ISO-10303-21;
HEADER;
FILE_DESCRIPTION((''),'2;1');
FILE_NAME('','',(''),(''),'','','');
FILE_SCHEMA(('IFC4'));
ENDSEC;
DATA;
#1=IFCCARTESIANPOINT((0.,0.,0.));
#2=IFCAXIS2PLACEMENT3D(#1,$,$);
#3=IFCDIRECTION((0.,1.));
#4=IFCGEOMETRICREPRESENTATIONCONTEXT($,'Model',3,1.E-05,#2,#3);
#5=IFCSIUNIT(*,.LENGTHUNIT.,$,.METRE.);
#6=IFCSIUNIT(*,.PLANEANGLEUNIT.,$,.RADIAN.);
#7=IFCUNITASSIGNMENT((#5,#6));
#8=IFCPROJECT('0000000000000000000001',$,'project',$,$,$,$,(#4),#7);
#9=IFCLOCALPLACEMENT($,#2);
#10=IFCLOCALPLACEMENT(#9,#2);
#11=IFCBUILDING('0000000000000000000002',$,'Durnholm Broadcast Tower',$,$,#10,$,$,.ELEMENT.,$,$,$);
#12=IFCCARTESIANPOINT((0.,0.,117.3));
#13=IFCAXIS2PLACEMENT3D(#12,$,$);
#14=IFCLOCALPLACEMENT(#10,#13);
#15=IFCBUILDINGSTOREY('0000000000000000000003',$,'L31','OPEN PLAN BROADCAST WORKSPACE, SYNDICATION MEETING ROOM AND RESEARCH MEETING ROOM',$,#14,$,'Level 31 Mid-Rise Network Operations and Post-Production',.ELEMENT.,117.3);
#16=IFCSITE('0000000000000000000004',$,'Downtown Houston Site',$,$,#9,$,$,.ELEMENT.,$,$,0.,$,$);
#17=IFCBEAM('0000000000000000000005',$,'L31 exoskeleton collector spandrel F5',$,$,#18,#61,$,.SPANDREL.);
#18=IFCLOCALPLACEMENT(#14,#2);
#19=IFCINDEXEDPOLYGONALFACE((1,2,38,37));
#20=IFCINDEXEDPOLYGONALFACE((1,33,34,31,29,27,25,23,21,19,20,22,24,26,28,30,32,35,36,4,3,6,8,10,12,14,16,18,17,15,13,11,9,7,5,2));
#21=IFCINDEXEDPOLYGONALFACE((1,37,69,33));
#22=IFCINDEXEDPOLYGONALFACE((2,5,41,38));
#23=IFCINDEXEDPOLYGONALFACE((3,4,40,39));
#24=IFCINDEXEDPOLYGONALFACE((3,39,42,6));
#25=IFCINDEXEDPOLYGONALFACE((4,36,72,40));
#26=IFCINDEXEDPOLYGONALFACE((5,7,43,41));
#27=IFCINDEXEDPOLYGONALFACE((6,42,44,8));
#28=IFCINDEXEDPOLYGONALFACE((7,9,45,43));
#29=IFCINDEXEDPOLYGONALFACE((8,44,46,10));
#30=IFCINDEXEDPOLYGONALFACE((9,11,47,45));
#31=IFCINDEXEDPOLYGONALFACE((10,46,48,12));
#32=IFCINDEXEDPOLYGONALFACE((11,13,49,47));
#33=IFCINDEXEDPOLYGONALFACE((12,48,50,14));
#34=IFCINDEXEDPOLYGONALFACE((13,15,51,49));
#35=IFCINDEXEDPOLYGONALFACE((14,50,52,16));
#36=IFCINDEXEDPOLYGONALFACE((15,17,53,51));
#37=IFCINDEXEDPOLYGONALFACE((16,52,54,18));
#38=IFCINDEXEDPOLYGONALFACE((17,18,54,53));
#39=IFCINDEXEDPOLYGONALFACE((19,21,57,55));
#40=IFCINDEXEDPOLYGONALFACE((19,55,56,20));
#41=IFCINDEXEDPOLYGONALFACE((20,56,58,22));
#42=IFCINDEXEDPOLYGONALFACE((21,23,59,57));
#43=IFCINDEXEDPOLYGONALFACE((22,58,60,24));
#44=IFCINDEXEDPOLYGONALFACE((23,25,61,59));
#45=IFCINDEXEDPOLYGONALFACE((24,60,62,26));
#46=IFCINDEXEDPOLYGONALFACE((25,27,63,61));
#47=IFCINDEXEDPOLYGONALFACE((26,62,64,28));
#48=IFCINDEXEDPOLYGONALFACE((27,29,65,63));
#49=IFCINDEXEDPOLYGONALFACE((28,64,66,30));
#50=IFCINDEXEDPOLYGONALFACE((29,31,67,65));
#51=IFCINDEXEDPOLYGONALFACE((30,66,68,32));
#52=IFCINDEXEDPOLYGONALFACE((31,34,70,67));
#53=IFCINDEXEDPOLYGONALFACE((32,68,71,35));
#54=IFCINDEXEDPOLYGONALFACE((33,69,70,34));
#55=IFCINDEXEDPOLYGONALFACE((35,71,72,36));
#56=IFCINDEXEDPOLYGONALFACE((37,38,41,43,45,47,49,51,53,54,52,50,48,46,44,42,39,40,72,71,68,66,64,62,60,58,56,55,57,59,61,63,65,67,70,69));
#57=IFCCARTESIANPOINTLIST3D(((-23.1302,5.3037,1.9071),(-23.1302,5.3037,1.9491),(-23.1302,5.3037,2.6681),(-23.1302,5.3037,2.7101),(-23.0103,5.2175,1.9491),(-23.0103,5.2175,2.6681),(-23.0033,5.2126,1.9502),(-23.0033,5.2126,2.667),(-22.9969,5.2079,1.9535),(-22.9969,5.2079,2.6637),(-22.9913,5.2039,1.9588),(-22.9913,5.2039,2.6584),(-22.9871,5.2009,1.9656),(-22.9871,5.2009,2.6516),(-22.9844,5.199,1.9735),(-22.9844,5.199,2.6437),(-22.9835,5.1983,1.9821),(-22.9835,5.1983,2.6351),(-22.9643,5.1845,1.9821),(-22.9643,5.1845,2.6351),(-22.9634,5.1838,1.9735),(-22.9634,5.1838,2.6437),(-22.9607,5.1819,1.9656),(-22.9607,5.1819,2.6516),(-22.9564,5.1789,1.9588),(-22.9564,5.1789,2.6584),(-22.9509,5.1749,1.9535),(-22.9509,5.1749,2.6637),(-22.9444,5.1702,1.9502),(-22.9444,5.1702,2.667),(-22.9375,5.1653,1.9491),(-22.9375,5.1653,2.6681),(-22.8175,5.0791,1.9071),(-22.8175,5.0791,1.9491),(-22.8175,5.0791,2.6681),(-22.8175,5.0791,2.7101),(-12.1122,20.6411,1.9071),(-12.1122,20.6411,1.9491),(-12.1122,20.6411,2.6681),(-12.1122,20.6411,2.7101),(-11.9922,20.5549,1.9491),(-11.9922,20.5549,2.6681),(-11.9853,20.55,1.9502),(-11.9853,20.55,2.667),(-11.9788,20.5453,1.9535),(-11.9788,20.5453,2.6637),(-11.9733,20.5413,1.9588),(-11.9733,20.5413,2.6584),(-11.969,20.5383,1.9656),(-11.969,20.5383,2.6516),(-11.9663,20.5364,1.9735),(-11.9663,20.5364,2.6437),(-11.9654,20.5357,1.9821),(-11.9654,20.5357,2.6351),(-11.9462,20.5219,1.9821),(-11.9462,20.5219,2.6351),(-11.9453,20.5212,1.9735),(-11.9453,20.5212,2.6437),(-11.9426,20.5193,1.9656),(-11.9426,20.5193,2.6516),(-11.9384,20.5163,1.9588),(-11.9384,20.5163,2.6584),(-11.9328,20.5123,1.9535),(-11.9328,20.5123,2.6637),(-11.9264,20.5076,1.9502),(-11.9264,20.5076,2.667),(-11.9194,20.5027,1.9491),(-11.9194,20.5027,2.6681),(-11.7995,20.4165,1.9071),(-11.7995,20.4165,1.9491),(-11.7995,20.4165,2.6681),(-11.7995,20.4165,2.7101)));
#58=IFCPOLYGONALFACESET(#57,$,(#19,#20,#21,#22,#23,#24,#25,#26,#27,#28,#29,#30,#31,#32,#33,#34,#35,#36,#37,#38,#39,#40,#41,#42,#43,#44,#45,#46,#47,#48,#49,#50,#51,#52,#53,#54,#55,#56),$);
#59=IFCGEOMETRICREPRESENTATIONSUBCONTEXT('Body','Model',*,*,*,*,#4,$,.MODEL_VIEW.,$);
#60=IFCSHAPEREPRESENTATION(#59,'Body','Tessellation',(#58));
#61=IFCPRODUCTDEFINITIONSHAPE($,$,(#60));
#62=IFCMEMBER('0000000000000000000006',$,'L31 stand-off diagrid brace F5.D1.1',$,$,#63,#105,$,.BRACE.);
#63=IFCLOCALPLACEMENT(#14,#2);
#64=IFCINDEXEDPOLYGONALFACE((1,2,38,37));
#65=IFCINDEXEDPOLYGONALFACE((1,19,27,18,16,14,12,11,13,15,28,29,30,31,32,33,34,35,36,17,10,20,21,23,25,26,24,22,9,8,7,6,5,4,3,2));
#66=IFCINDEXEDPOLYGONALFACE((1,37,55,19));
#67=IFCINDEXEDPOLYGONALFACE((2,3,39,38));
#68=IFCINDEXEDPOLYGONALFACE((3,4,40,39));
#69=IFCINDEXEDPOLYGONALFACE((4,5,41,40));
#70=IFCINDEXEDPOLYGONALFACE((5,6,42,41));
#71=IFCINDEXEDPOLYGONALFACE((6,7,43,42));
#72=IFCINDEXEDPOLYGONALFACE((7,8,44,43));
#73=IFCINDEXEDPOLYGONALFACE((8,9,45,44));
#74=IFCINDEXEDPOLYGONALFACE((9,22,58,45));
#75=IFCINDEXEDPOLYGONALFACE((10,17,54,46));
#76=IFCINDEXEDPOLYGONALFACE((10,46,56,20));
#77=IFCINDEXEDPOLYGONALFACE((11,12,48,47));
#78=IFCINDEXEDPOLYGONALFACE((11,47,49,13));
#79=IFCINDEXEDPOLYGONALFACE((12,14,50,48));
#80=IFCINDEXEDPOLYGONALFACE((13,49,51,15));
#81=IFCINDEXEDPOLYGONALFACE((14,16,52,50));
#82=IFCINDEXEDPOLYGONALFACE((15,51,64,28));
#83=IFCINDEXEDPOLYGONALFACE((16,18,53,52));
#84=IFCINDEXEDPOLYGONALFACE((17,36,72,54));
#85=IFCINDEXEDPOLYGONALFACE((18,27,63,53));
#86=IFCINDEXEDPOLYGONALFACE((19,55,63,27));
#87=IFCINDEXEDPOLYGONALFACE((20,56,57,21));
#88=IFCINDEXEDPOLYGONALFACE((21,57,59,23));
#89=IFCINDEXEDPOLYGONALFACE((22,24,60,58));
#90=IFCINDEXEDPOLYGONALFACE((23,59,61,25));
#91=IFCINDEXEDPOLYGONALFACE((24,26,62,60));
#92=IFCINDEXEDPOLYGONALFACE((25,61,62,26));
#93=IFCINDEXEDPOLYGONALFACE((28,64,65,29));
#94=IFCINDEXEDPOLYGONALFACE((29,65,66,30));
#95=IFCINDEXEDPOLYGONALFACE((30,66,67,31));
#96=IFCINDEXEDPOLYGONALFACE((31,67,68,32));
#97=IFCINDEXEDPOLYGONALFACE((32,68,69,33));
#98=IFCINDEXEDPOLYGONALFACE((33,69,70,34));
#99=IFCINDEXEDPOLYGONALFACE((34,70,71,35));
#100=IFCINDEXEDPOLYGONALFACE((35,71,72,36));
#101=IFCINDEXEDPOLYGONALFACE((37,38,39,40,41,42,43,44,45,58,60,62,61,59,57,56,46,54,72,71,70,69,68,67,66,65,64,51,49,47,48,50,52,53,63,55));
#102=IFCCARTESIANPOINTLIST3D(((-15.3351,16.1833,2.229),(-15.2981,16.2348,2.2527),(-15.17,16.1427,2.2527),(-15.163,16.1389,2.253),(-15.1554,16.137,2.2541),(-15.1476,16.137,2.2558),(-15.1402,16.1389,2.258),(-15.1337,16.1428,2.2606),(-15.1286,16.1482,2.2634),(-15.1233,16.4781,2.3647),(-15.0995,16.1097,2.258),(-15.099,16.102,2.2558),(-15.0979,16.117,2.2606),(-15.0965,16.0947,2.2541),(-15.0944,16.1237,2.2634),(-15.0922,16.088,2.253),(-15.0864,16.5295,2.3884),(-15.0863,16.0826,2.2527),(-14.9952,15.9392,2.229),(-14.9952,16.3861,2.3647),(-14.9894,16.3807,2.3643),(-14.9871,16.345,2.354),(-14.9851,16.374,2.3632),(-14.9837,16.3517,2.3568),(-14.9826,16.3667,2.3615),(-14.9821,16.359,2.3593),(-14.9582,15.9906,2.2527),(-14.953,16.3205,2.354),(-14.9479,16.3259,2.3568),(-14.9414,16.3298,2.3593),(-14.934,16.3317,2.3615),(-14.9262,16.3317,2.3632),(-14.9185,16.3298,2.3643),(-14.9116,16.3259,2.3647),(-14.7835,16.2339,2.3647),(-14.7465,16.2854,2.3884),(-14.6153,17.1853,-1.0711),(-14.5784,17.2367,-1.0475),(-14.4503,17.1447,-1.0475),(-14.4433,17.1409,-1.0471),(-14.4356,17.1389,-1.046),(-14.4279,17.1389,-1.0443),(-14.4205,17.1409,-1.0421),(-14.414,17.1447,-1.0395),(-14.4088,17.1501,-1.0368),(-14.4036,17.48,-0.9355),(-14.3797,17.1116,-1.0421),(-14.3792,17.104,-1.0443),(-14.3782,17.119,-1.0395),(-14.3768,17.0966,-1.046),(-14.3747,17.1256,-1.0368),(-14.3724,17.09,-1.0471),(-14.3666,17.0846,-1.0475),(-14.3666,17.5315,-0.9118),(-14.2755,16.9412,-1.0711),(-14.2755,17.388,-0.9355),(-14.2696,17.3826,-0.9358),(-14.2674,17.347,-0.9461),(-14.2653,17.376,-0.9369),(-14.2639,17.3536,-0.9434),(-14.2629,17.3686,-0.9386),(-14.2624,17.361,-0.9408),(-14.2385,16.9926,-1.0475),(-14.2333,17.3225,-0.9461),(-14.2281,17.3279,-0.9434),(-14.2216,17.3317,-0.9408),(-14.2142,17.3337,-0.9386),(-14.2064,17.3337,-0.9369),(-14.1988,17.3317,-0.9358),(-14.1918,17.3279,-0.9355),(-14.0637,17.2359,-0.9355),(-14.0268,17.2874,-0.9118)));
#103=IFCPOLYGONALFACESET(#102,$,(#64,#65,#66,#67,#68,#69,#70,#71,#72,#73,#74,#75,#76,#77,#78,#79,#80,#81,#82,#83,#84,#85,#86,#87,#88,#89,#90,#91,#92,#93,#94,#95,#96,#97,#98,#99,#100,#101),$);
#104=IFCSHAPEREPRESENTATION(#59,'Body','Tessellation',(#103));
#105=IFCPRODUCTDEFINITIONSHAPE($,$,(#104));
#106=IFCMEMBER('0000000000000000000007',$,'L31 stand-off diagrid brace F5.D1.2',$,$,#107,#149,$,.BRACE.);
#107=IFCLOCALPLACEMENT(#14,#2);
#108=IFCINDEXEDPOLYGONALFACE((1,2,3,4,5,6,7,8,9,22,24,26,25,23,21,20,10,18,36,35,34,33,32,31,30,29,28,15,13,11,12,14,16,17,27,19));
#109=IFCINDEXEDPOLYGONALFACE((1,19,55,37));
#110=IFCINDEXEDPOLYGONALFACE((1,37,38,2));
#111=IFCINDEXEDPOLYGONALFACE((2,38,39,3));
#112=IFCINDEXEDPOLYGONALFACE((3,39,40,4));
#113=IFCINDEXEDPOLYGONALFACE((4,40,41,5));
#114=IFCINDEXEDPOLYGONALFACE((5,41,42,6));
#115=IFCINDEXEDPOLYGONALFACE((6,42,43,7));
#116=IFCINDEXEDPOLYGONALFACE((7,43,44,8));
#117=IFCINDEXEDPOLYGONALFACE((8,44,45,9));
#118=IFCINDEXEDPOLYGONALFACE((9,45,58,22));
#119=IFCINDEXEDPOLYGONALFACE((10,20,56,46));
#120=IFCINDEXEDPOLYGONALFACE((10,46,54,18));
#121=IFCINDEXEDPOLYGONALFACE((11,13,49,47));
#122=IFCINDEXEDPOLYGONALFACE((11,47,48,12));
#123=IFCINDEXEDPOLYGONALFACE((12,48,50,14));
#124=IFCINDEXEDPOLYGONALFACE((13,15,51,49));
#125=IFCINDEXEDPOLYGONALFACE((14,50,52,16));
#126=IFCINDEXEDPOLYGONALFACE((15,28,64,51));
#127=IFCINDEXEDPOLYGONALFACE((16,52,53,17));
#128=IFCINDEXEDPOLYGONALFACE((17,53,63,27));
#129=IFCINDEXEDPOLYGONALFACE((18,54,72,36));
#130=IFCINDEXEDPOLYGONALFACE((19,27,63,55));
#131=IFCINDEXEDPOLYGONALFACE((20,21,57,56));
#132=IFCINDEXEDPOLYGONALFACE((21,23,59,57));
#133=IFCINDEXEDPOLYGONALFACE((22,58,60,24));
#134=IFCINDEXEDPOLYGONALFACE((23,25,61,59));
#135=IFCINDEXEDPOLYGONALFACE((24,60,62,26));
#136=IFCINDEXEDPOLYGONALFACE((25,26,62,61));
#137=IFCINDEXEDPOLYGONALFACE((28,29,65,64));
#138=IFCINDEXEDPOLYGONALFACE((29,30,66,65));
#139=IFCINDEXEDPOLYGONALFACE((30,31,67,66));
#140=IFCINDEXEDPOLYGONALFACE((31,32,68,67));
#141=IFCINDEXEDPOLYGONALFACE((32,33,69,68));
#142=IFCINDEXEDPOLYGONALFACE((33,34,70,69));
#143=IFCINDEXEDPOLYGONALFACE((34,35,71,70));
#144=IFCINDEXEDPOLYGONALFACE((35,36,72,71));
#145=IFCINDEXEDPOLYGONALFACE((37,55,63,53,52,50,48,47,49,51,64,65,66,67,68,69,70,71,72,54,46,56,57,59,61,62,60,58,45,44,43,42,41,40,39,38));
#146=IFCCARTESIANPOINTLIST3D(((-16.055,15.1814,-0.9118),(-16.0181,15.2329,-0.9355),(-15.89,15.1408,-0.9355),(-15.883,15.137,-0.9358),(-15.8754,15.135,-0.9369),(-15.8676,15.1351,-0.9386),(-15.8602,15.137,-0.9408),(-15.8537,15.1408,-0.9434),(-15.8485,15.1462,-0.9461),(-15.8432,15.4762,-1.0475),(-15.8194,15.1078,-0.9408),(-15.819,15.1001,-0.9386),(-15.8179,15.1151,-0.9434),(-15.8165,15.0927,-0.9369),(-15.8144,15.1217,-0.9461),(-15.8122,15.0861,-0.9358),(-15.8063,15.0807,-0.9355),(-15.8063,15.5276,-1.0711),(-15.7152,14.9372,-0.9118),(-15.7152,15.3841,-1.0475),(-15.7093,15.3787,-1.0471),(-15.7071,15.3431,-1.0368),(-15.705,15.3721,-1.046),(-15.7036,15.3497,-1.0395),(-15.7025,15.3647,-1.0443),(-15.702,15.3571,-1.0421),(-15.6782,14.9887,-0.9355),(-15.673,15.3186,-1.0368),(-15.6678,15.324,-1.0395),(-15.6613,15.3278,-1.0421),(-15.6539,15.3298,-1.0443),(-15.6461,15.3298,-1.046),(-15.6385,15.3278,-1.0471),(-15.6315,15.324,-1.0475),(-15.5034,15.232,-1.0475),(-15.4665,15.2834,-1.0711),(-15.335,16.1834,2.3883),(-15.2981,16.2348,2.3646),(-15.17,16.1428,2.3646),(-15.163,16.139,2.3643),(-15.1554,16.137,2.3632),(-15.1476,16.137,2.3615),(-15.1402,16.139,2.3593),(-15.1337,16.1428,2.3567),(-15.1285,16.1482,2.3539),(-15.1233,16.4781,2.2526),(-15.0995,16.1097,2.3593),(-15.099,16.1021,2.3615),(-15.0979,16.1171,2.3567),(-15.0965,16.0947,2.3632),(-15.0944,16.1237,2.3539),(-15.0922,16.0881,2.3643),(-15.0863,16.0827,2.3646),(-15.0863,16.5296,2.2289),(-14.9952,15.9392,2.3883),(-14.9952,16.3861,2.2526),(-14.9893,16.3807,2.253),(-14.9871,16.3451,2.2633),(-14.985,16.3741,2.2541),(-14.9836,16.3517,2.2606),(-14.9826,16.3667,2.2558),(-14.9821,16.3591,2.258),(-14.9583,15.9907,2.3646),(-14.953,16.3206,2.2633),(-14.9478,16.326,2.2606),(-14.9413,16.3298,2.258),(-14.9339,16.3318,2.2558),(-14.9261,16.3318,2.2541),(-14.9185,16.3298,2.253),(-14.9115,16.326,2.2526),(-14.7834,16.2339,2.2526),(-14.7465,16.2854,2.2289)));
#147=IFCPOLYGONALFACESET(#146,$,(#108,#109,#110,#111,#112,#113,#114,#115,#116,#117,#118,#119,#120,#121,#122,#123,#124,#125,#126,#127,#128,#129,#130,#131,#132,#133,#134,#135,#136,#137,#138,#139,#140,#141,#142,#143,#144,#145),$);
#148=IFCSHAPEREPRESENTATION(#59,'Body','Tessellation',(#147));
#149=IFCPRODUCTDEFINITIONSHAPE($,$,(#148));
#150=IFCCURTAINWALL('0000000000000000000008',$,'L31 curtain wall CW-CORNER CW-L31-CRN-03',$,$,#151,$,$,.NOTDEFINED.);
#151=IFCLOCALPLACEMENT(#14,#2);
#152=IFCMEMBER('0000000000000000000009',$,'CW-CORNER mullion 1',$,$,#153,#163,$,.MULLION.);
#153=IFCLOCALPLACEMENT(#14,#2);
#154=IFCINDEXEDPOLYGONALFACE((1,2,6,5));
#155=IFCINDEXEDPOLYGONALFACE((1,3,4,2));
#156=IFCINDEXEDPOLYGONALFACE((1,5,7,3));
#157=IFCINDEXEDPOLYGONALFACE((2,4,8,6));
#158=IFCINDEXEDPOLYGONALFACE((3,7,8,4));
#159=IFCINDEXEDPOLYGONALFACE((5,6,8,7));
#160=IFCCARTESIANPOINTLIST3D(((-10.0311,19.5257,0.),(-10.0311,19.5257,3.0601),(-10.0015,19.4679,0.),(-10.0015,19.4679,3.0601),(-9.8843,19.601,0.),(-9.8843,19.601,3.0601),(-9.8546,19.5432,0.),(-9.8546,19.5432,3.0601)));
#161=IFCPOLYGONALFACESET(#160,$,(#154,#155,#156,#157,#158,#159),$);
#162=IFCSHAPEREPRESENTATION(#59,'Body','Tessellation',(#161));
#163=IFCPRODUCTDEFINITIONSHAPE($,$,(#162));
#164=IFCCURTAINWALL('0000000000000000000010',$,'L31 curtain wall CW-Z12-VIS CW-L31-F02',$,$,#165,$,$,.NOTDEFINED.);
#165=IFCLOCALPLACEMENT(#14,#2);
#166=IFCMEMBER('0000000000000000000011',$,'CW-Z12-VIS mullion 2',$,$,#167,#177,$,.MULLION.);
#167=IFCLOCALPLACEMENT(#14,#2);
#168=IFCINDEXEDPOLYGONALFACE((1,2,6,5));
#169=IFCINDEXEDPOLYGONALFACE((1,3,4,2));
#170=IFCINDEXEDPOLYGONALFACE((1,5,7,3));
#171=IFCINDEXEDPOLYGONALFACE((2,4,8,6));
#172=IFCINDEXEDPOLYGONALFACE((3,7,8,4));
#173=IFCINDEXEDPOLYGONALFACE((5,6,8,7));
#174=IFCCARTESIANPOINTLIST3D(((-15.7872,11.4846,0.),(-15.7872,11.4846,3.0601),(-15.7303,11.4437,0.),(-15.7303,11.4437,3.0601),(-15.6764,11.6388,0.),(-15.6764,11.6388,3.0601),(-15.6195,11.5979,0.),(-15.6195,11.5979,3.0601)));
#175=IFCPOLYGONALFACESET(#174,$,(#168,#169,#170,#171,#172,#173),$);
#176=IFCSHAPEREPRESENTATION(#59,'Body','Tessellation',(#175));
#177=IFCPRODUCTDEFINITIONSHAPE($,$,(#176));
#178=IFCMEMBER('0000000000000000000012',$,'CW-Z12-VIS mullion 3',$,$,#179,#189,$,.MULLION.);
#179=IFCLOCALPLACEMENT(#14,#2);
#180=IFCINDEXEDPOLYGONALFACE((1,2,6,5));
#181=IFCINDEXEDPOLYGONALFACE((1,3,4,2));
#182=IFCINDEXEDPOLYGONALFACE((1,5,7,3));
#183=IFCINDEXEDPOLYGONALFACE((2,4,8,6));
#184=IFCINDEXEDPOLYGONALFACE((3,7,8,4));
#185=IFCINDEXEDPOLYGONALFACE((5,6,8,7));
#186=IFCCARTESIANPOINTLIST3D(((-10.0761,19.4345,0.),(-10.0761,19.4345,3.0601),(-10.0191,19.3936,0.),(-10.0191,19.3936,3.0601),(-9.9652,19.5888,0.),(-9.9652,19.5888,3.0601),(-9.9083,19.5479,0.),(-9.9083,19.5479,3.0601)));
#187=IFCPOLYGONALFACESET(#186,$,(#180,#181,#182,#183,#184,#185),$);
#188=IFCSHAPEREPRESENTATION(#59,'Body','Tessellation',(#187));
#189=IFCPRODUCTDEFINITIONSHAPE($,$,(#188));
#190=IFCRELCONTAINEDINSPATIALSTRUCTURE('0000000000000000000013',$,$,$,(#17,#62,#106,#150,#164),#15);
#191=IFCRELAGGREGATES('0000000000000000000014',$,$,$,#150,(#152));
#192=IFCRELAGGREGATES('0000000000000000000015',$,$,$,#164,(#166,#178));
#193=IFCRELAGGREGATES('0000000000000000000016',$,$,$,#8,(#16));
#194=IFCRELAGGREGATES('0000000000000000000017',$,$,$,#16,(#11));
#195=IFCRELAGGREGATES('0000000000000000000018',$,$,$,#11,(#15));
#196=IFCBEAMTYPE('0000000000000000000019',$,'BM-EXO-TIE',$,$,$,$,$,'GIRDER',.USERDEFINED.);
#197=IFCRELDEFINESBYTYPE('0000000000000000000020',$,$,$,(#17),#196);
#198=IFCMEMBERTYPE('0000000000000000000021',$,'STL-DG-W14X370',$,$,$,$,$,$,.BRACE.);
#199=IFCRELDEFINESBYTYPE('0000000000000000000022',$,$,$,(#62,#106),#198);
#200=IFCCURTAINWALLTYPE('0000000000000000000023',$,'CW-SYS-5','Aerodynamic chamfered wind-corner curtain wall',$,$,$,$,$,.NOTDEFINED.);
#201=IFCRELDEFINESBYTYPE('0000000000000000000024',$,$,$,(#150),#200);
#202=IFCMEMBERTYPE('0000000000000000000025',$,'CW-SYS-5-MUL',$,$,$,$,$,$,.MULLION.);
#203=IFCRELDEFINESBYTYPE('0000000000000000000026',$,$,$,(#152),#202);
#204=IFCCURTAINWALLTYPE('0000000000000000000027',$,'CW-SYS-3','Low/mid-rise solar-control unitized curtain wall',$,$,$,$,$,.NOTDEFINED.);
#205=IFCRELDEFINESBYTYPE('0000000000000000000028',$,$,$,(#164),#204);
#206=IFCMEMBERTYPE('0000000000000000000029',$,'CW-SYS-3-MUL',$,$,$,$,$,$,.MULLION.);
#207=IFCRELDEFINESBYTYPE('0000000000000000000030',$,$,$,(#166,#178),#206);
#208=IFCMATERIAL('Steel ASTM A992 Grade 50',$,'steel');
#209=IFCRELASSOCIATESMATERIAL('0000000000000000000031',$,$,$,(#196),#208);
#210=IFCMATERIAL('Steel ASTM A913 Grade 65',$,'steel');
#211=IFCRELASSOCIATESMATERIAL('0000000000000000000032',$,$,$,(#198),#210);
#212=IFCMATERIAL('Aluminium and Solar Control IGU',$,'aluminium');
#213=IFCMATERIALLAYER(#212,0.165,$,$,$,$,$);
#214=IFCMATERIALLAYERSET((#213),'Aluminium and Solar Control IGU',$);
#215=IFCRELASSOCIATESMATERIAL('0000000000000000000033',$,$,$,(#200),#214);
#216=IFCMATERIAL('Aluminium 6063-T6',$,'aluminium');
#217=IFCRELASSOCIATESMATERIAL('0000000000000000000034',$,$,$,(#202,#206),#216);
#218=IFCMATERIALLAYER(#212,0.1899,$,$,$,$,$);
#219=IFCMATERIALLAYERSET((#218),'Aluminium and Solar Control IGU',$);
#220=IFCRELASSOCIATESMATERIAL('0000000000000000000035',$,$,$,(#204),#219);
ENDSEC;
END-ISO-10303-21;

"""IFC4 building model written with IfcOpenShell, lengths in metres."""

from ifc_helpers import new_model, si_unit, direction, frame, origin, origin_2d, place, context, subcontext, project, spatial, rectangle, i_section, extrude, source, transform, mapped, material, layer, layer_set, material_profile, profile_set, type_object, type_shapes, element, aggregate, save


model = new_model("IFC4")

# Units and contexts
model_context = context("Model", 3, precision=1e-05, world=origin(), true_north=direction((0.0, 1.0)))
body_context = subcontext(model_context, "Body", "Model", "MODEL_VIEW")
ifc_project = project(units=[si_unit("LENGTHUNIT", "METRE"), si_unit("PLANEANGLEUNIT", "RADIAN")], contexts=[model_context])

# Site, building, storey
site_placement = place(None, origin())
site = spatial("IfcSite", under=ifc_project, at=site_placement, Name="Downtown Houston Site", CompositionType="ELEMENT", RefElevation=0.0)
building_placement = place(site_placement, origin())
building = spatial("IfcBuilding", under=site, at=building_placement, Name="Durnholm Broadcast Tower", CompositionType="ELEMENT")
storey_placement = place(building_placement, frame((0.0, 0.0, 117.3)))
storey = spatial("IfcBuildingStorey", under=building, at=storey_placement, Name="L31", Description="OPEN PLAN BROADCAST WORKSPACE, SYNDICATION MEETING ROOM AND RESEARCH MEETING ROOM", LongName="Level 31 Mid-Rise Network Operations and Post-Production", CompositionType="ELEMENT", Elevation=117.3)

# Beam
ifc_material_1 = material(Name="Steel ASTM A992 Grade 50", Category="steel")
ifc_material_profile_1 = material_profile(ifc_material_1, i_section(OverallWidth=0.385, OverallDepth=0.803, WebThickness=0.0237, FlangeThickness=0.042, FilletRadius=0.033, at=origin_2d()), Name="W30X261")
ifc_profile_set_1 = profile_set([ifc_material_profile_1], Name="Steel ASTM A992 Grade 50")
beam_type = type_object("IfcBeamType", Name="BM-EXO-TIE", ElementType="GIRDER", PredefinedType="USERDEFINED", material=ifc_profile_set_1)
shared_shape_1 = source(origin(), body_context, "Body", "SweptSolid", [
    extrude(i_section(OverallWidth=0.385, OverallDepth=0.803, WebThickness=0.0237, FlangeThickness=0.042, FilletRadius=0.033, at=origin_2d()), origin(), (0.0, 0.0, 1.0), 18.8848),
])
type_shapes(beam_type, [shared_shape_1])
beam_placement = place(storey_placement, frame((-11.9558, 20.5288, 2.3086), z_axis=(-0.583437, -0.812158, 0.0), x_axis=(0.812158, -0.583437, 0.0)))
element("IfcBeam", 1, at=beam_placement, inside=storey, type_object=beam_type, Name="L31 exoskeleton collector spandrel F5", PredefinedType="SPANDREL", context=body_context, shape_type="MappedRepresentation", body=[
    mapped(shared_shape_1, transform((0.0, 0.0, 0.0), x_axis=(1.0, 0.0, 0.0), y_axis=(0.0, 1.0, 0.0), z_axis=(0.0, 0.0, 1.0), scale=1.0)),
])

# Members
ifc_material_2 = material(Name="Steel ASTM A913 Grade 65", Category="steel")
ifc_material_profile_2 = material_profile(ifc_material_2, i_section(OverallWidth=0.4185, OverallDepth=0.4551, WebThickness=0.042, FlangeThickness=0.0676, FilletRadius=0.0305, at=origin_2d()), Name="W14X370")
ifc_profile_set_2 = profile_set([ifc_material_profile_2], Name="Steel ASTM A913 Grade 65")
member_type_1 = type_object("IfcMemberType", Name="STL-DG-W14X370", PredefinedType="BRACE", material=ifc_profile_set_2)
shared_shape_2 = source(origin(), body_context, "Body", "SweptSolid", [
    extrude(i_section(OverallWidth=0.4185, OverallDepth=0.4551, WebThickness=0.042, FlangeThickness=0.0676, FilletRadius=0.0305, at=origin_2d()), origin(), (0.0, 0.0, 1.0), 3.5232),
])
type_shapes(member_type_1, [shared_shape_2])
for number, where, z_axis, x_axis, name in (
    (2, (-14.321, 17.2363, -0.9915), (-0.204288, -0.284395, 0.936689), (0.812179, -0.583408, 0.0), "L31 stand-off diagrid brace F5.D1.1"),
    (3, (-15.7607, 15.2324, -0.9915), (0.204354, 0.284391, 0.936675), (-0.812086, 0.583538, 0.0), "L31 stand-off diagrid brace F5.D1.2"),
):
    element("IfcMember", number, at=place(storey_placement, frame(where, z_axis=z_axis, x_axis=x_axis)), inside=storey, type_object=member_type_1, Name=name, PredefinedType="BRACE", context=body_context, shape_type="MappedRepresentation", body=[
        mapped(shared_shape_2, transform((0.0, 0.0, 0.0), x_axis=(1.0, 0.0, 0.0), y_axis=(0.0, 1.0, 0.0), z_axis=(0.0, 0.0, 1.0), scale=1.0)),
    ])

# Curtain wall, member
ifc_material_3 = material(Name="Aluminium and Solar Control IGU", Category="aluminium")
ifc_layer_1 = layer(ifc_material_3, 0.165)
ifc_layer_set_1 = layer_set([ifc_layer_1], Name="Aluminium and Solar Control IGU")
curtain_wall_type_1 = type_object("IfcCurtainWallType", Name="CW-SYS-5", Description="Aerodynamic chamfered wind-corner curtain wall", PredefinedType="NOTDEFINED", material=ifc_layer_set_1)
curtain_wall_1_placement = place(storey_placement, origin())
curtain_wall_1 = element("IfcCurtainWall", 4, at=curtain_wall_1_placement, inside=storey, type_object=curtain_wall_type_1, Name="L31 curtain wall CW-CORNER CW-L31-CRN-03", PredefinedType="NOTDEFINED")
ifc_material_4 = material(Name="Aluminium 6063-T6", Category="aluminium")
ifc_material_profile_3 = material_profile(ifc_material_4, rectangle(XDim=0.0649, YDim=0.165, at=origin_2d()), Name="CWM65X165")
ifc_profile_set_3 = profile_set([ifc_material_profile_3], Name="Aluminium 6063-T6")
member_type_2 = type_object("IfcMemberType", Name="CW-SYS-5-MUL", PredefinedType="MULLION", material=ifc_profile_set_3)
shared_shape_3 = source(origin(), body_context, "Body", "SweptSolid", [
    extrude(rectangle(XDim=0.0649, YDim=0.165, at=origin_2d()), origin(), (0.0, 0.0, 1.0), 3.0601),
])
type_shapes(member_type_2, [shared_shape_3])
member_1_placement = place(storey_placement, frame((-9.9429, 19.5344, 0.0), z_axis=(0.0, 0.0, 1.0), x_axis=(-0.456373, 0.889788, 0.0)))
member_1 = element("IfcMember", 5, at=member_1_placement, type_object=member_type_2, Name="CW-CORNER mullion 1", PredefinedType="MULLION", context=body_context, shape_type="MappedRepresentation", body=[
    mapped(shared_shape_3, transform((0.0, 0.0, 0.0), x_axis=(1.0, 0.0, 0.0), y_axis=(0.0, 1.0, 0.0), z_axis=(0.0, 0.0, 1.0), scale=1.0)),
])

# Curtain wall, members
ifc_layer_2 = layer(ifc_material_3, 0.1899)
ifc_layer_set_2 = layer_set([ifc_layer_2], Name="Aluminium and Solar Control IGU")
curtain_wall_type_2 = type_object("IfcCurtainWallType", Name="CW-SYS-3", Description="Low/mid-rise solar-control unitized curtain wall", PredefinedType="NOTDEFINED", material=ifc_layer_set_2)
curtain_wall_2_placement = place(storey_placement, origin())
curtain_wall_2 = element("IfcCurtainWall", 6, at=curtain_wall_2_placement, inside=storey, type_object=curtain_wall_type_2, Name="L31 curtain wall CW-Z12-VIS CW-L31-F02", PredefinedType="NOTDEFINED")
ifc_material_profile_4 = material_profile(ifc_material_4, rectangle(XDim=0.0701, YDim=0.1899, at=origin_2d()), Name="CWM70X190")
ifc_profile_set_4 = profile_set([ifc_material_profile_4], Name="Aluminium 6063-T6")
member_type_3 = type_object("IfcMemberType", Name="CW-SYS-3-MUL", PredefinedType="MULLION", material=ifc_profile_set_4)
shared_shape_4 = source(origin(), body_context, "Body", "SweptSolid", [
    extrude(rectangle(XDim=0.0701, YDim=0.1899, at=origin_2d()), origin(), (0.0, 0.0, 1.0), 3.0601),
])
type_shapes(member_type_3, [shared_shape_4])
member_2_placement = place(storey_placement, frame((-15.7034, 11.5413, 0.0), z_axis=(0.0, 0.0, 1.0), x_axis=(-0.812152, 0.583445, 0.0)))
member_2 = element("IfcMember", 7, at=member_2_placement, type_object=member_type_3, Name="CW-Z12-VIS mullion 2", PredefinedType="MULLION", context=body_context, shape_type="MappedRepresentation", body=[
    mapped(shared_shape_4, transform((0.0, 0.0, 0.0), x_axis=(1.0, 0.0, 0.0), y_axis=(0.0, 1.0, 0.0), z_axis=(0.0, 0.0, 1.0), scale=1.0)),
])
member_3_placement = place(storey_placement, frame((-9.9922, 19.4912, 0.0), z_axis=(0.0, 0.0, 1.0), x_axis=(-0.812152, 0.583445, 0.0)))
member_3 = element("IfcMember", 8, at=member_3_placement, type_object=member_type_3, Name="CW-Z12-VIS mullion 3", PredefinedType="MULLION", context=body_context, shape_type="MappedRepresentation", body=[
    mapped(shared_shape_4, transform((0.0, 0.0, 0.0), x_axis=(1.0, 0.0, 0.0), y_axis=(0.0, 1.0, 0.0), z_axis=(0.0, 0.0, 1.0), scale=1.0)),
])

aggregate(curtain_wall_1, [member_1])

aggregate(curtain_wall_2, [member_2, member_3])

save(model, "model.ifc")
